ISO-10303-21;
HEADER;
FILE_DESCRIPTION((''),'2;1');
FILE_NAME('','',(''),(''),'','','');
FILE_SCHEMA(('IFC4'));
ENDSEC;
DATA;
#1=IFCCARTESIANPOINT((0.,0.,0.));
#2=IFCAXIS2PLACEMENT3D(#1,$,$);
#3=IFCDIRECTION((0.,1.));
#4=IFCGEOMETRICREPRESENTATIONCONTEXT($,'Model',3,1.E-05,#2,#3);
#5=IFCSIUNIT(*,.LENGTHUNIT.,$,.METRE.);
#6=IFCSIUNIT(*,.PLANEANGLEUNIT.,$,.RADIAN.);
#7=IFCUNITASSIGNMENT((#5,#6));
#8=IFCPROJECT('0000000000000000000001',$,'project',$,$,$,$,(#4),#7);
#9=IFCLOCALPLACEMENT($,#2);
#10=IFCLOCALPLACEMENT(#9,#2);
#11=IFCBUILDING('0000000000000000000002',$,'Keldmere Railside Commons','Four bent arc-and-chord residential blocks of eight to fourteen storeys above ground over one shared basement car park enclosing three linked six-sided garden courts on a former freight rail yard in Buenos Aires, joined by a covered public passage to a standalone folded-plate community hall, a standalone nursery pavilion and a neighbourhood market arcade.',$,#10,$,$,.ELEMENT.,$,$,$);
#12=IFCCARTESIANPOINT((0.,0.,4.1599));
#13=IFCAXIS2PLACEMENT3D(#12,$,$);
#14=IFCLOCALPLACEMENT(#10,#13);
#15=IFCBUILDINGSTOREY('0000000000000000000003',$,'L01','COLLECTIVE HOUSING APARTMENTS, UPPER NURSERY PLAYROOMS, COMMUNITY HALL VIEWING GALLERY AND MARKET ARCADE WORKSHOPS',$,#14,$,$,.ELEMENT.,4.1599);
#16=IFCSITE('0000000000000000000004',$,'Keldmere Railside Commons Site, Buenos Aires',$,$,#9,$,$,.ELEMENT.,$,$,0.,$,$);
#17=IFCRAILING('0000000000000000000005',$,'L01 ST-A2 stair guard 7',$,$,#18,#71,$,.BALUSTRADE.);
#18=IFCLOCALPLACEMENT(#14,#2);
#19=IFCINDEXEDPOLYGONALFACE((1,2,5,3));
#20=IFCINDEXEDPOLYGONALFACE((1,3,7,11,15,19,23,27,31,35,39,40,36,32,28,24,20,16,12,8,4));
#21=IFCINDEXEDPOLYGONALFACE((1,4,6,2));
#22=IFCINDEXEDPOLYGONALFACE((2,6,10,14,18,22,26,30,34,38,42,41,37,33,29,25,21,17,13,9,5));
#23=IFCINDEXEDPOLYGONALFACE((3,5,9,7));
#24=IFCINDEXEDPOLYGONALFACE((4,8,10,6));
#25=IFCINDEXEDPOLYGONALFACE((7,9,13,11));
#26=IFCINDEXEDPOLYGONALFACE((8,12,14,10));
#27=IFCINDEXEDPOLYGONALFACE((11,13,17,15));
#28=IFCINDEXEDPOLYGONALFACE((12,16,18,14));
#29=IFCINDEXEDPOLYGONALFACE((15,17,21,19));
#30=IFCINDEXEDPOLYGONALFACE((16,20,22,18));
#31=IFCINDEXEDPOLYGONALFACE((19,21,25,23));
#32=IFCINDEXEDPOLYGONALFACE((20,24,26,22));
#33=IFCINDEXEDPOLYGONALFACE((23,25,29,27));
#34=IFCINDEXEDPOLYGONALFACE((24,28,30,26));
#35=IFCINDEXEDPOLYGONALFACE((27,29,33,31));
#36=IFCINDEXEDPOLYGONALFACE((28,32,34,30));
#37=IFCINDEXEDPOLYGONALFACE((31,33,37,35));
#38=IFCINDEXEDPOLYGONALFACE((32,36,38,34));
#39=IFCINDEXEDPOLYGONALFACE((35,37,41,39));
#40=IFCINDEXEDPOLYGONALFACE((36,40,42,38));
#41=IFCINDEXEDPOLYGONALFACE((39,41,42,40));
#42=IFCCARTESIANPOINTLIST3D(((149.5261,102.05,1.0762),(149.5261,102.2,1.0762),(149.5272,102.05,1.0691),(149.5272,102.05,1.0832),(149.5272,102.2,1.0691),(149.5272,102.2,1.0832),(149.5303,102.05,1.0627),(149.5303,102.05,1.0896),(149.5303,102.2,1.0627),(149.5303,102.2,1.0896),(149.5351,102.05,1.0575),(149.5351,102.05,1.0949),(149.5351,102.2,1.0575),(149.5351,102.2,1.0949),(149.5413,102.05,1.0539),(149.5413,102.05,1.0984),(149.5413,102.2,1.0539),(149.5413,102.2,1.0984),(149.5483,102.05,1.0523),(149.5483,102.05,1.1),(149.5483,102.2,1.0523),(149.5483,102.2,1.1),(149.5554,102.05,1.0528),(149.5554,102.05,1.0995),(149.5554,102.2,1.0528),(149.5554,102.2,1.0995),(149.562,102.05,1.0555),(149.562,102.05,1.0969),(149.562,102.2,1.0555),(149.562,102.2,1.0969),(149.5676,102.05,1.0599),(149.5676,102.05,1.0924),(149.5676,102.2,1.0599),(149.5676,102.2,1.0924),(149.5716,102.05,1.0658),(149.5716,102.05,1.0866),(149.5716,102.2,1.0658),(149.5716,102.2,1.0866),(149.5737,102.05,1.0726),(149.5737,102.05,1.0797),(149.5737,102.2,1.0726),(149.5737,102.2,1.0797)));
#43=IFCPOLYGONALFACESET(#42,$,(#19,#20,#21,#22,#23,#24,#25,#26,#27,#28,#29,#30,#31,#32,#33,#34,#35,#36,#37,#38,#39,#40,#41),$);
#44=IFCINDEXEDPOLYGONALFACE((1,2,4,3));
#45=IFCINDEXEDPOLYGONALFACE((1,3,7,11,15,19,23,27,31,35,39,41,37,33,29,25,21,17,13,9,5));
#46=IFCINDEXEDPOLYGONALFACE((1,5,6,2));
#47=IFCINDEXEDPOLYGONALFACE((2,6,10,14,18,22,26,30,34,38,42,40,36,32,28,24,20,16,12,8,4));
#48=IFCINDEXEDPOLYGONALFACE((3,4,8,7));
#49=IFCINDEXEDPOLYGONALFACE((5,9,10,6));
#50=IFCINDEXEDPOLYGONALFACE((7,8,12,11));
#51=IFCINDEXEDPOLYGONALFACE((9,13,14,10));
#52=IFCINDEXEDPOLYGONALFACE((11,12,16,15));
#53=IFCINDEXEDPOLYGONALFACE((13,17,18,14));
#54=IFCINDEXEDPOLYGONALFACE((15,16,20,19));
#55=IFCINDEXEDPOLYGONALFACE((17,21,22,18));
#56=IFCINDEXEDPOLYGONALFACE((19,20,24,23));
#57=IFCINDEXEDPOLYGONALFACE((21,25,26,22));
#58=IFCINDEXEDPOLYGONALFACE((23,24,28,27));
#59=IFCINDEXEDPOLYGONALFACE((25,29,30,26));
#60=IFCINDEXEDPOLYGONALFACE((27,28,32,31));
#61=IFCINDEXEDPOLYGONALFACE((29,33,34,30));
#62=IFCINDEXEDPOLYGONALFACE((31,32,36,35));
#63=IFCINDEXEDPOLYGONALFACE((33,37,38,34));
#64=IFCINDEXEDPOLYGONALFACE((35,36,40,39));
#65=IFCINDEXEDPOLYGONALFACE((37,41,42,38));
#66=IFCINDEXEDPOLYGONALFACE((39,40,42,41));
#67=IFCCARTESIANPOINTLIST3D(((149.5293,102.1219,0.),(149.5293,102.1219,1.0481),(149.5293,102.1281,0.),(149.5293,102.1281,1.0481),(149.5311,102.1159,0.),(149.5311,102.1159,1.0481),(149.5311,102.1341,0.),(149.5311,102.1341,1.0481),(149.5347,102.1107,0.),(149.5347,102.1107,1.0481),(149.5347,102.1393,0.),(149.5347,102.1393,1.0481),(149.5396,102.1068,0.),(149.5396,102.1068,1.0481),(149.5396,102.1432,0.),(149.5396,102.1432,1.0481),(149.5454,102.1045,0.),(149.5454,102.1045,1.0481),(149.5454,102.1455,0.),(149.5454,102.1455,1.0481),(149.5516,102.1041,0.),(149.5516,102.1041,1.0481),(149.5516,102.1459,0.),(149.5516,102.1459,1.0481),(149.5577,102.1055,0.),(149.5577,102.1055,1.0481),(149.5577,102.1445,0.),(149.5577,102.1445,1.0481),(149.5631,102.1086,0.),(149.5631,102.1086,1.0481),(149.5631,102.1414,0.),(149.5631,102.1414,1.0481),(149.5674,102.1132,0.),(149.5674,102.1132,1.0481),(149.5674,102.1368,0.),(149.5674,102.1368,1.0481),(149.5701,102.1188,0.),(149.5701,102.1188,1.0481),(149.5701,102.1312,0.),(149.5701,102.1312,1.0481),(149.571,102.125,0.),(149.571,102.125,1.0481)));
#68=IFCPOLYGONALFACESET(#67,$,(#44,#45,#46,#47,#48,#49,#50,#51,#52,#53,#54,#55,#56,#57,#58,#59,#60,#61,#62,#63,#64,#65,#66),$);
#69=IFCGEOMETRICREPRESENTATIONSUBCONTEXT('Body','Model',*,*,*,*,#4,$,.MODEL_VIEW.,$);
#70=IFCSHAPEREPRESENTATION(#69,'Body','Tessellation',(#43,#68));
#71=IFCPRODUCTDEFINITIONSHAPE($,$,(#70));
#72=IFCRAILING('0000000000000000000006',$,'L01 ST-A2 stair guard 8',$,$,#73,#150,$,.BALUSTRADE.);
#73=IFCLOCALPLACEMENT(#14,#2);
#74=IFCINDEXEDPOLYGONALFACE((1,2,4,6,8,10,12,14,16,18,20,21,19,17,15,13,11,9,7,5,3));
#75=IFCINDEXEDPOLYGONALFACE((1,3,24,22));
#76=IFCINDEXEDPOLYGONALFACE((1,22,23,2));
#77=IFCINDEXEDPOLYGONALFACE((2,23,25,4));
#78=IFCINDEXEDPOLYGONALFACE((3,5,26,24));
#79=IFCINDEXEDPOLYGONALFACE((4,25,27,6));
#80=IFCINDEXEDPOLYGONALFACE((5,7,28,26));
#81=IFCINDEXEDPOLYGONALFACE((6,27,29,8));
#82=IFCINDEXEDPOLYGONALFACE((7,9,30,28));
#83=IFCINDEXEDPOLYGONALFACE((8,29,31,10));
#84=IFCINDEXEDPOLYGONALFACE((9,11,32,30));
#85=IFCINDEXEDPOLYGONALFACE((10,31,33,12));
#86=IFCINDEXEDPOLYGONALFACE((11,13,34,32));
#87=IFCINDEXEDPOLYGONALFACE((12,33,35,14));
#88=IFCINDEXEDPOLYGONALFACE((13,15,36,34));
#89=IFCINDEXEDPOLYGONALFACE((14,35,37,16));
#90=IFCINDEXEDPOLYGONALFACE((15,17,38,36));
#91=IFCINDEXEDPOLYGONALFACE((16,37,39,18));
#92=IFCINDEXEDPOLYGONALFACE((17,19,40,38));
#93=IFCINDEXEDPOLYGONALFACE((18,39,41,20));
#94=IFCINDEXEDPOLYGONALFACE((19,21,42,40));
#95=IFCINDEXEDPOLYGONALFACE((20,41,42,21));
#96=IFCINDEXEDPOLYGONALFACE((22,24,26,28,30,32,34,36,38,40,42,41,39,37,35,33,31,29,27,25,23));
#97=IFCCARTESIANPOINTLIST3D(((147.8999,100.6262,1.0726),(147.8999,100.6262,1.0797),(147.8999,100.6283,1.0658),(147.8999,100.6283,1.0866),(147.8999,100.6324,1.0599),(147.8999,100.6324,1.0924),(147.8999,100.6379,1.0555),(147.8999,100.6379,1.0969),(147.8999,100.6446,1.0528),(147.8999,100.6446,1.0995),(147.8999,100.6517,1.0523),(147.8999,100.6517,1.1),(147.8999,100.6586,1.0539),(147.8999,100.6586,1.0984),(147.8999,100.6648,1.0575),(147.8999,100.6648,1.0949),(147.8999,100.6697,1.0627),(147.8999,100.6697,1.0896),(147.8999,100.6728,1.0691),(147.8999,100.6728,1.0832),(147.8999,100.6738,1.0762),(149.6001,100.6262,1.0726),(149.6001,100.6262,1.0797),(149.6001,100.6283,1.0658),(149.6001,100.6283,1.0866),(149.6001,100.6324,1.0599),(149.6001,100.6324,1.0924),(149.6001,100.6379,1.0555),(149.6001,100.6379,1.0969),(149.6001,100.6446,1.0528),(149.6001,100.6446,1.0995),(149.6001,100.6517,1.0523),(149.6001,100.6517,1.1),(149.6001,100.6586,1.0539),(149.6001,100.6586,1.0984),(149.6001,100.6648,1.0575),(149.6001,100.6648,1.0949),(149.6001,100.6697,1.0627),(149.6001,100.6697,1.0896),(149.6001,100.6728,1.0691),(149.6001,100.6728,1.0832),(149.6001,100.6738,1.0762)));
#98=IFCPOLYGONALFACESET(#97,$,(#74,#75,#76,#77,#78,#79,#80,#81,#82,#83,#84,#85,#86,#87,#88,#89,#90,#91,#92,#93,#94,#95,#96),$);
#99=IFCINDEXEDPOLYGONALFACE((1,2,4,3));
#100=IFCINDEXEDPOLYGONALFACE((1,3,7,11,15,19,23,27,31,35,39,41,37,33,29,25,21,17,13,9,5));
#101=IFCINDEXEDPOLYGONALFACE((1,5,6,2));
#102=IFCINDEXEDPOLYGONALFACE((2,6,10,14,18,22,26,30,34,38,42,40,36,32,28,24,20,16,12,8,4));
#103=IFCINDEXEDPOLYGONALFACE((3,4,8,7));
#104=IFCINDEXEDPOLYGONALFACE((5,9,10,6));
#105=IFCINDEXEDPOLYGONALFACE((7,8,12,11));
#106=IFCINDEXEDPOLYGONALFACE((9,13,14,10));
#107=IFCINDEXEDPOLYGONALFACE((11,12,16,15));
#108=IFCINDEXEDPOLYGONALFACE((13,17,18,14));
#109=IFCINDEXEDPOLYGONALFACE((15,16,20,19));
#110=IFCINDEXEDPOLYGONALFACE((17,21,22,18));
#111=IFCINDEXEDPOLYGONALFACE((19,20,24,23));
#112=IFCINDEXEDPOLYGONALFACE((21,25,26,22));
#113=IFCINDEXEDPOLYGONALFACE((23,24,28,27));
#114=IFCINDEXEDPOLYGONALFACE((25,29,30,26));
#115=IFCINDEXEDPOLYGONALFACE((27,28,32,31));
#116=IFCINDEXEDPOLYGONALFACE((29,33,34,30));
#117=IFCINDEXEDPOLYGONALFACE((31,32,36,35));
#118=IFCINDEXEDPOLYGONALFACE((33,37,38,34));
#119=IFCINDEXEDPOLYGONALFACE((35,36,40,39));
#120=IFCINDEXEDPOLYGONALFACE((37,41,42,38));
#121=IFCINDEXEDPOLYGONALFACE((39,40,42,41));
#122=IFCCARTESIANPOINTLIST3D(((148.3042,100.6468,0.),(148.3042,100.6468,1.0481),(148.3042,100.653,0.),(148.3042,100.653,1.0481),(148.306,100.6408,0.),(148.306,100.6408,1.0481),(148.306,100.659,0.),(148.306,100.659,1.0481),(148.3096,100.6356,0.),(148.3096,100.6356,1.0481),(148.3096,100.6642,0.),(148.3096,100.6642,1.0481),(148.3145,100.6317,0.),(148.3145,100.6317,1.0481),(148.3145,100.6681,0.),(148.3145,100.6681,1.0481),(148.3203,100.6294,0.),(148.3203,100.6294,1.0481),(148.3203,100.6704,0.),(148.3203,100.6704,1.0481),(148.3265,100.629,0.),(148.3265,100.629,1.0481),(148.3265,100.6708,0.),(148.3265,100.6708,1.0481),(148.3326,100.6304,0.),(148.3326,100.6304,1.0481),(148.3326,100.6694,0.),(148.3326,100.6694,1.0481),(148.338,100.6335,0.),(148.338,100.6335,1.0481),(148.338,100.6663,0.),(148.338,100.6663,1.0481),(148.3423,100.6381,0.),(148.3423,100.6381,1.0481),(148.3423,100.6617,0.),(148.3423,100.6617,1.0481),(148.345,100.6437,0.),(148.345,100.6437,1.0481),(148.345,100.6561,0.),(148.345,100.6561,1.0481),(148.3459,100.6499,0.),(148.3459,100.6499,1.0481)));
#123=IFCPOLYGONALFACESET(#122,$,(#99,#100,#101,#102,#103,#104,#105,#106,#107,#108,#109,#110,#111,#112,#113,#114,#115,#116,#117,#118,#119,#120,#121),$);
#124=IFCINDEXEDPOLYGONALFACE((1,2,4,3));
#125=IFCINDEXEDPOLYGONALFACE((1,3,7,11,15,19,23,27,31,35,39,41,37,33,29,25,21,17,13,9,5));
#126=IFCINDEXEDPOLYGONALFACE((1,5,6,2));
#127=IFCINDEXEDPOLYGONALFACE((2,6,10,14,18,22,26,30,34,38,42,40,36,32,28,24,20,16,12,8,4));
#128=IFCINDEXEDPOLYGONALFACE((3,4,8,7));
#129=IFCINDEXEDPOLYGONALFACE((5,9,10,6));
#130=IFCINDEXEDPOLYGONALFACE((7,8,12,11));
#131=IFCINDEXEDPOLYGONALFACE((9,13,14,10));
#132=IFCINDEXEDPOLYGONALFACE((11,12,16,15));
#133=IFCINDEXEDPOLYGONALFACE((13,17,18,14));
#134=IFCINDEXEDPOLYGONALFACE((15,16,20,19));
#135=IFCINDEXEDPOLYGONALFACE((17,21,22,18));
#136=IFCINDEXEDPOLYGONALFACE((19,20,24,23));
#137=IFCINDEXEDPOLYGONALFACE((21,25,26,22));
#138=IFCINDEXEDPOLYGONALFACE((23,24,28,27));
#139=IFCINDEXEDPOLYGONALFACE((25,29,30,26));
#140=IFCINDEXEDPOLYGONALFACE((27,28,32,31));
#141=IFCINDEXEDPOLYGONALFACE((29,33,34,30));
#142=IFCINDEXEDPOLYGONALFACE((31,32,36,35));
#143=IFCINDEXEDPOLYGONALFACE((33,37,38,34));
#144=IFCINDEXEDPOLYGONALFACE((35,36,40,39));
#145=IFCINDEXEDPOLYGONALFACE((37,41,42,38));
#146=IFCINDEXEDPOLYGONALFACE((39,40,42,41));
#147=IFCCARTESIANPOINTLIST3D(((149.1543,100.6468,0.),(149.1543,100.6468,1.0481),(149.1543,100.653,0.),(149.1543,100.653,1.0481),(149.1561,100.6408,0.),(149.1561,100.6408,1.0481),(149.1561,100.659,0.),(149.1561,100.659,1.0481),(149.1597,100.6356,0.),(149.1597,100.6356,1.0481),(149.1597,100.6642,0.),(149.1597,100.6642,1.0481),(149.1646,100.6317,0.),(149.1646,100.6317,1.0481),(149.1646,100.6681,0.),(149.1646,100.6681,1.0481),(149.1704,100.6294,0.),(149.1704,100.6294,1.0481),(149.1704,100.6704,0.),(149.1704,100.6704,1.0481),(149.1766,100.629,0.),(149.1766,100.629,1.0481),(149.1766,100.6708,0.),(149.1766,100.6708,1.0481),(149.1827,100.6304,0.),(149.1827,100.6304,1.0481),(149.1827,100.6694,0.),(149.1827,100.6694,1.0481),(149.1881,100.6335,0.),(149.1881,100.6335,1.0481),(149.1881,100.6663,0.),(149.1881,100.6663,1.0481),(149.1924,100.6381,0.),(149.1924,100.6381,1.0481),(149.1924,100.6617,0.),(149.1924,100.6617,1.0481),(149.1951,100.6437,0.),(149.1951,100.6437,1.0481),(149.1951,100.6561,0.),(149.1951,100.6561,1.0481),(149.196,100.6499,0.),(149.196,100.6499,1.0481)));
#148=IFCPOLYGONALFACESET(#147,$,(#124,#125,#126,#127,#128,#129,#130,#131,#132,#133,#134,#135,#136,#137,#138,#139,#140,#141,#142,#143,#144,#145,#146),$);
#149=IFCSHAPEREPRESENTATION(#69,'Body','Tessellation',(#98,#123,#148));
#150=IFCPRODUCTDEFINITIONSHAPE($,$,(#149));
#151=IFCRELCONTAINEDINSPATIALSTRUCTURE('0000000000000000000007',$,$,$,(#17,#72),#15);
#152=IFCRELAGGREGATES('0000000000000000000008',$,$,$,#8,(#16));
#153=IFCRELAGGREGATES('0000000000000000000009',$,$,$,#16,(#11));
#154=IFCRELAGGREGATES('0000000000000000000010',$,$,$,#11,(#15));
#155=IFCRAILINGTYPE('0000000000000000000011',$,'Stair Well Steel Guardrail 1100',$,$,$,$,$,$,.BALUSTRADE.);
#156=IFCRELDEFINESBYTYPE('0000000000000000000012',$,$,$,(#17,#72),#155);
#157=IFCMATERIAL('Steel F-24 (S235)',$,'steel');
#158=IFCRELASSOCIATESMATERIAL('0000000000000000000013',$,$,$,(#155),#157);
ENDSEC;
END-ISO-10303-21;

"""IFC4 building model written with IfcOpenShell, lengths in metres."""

from ifc_helpers import new_model, si_unit, direction, frame, origin, origin_2d, place, context, subcontext, project, spatial, circle, extrude, material, type_object, element, save


model = new_model("IFC4")

# Units and contexts
model_context = context("Model", 3, precision=1e-05, world=origin(), true_north=direction((0.0, 1.0)))
body_context = subcontext(model_context, "Body", "Model", "MODEL_VIEW")
ifc_project = project(units=[si_unit("LENGTHUNIT", "METRE"), si_unit("PLANEANGLEUNIT", "RADIAN")], contexts=[model_context])

# Site, building, storey
site_placement = place(None, origin())
site = spatial("IfcSite", under=ifc_project, at=site_placement, Name="Keldmere Railside Commons Site, Buenos Aires", CompositionType="ELEMENT", RefElevation=0.0)
building_placement = place(site_placement, origin())
building = spatial("IfcBuilding", under=site, at=building_placement, Name="Keldmere Railside Commons", Description="Four bent arc-and-chord residential blocks of eight to fourteen storeys above ground over one shared basement car park enclosing three linked six-sided garden courts on a former freight rail yard in Buenos Aires, joined by a covered public passage to a standalone folded-plate community hall, a standalone nursery pavilion and a neighbourhood market arcade.", CompositionType="ELEMENT")
storey_placement = place(building_placement, frame((0.0, 0.0, 4.1599)))
storey = spatial("IfcBuildingStorey", under=building, at=storey_placement, Name="L01", Description="COLLECTIVE HOUSING APARTMENTS, UPPER NURSERY PLAYROOMS, COMMUNITY HALL VIEWING GALLERY AND MARKET ARCADE WORKSHOPS", CompositionType="ELEMENT", Elevation=4.1599)

# Railings
ifc_material_1 = material(Name="Steel F-24 (S235)", Category="steel")
railing_type_1 = type_object("IfcRailingType", Name="Stair Well Steel Guardrail 1100", PredefinedType="BALUSTRADE", material=ifc_material_1)
railing_1_placement = place(storey_placement, frame((149.55, 102.05, 0.0)))
element("IfcRailing", 1, at=railing_1_placement, inside=storey, type_object=railing_type_1, Name="L01 ST-A2 stair guard 7", PredefinedType="BALUSTRADE", context=body_context, shape_type="SweptSolid", body=[
    extrude(circle(Radius=0.0239, at=origin_2d()), frame((0.0, 0.0, 1.0762), z_axis=(0.0, 1.0, 0.0), x_axis=(-1.0, 0.0, 0.0)), (0.0, 0.0, 1.0), 0.1499),
    extrude(circle(Radius=0.021, at=origin_2d()), frame((0.0, 0.075, 0.0)), (0.0, 0.0, 1.0), 1.0481),
])
for number, where, name in (
    (2, (147.8999, 100.6499, 0.0), "L01 ST-A2 stair guard 8"),
):
    element("IfcRailing", number, at=place(storey_placement, frame(where)), inside=storey, type_object=railing_type_1, Name=name, PredefinedType="BALUSTRADE", context=body_context, shape_type="SweptSolid", body=[
        extrude(circle(Radius=0.0239, at=origin_2d()), frame((0.0, 0.0, 1.0762), z_axis=(1.0, 0.0, 0.0), x_axis=(0.0, 1.0, 0.0)), (0.0, 0.0, 1.0), 1.7002),
        extrude(circle(Radius=0.021, at=origin_2d()), frame((0.425, 0.0, 0.0)), (0.0, 0.0, 1.0), 1.0481),
        extrude(circle(Radius=0.021, at=origin_2d()), frame((1.2751, 0.0, 0.0)), (0.0, 0.0, 1.0), 1.0481),
    ])

save(model, "model.ifc")
